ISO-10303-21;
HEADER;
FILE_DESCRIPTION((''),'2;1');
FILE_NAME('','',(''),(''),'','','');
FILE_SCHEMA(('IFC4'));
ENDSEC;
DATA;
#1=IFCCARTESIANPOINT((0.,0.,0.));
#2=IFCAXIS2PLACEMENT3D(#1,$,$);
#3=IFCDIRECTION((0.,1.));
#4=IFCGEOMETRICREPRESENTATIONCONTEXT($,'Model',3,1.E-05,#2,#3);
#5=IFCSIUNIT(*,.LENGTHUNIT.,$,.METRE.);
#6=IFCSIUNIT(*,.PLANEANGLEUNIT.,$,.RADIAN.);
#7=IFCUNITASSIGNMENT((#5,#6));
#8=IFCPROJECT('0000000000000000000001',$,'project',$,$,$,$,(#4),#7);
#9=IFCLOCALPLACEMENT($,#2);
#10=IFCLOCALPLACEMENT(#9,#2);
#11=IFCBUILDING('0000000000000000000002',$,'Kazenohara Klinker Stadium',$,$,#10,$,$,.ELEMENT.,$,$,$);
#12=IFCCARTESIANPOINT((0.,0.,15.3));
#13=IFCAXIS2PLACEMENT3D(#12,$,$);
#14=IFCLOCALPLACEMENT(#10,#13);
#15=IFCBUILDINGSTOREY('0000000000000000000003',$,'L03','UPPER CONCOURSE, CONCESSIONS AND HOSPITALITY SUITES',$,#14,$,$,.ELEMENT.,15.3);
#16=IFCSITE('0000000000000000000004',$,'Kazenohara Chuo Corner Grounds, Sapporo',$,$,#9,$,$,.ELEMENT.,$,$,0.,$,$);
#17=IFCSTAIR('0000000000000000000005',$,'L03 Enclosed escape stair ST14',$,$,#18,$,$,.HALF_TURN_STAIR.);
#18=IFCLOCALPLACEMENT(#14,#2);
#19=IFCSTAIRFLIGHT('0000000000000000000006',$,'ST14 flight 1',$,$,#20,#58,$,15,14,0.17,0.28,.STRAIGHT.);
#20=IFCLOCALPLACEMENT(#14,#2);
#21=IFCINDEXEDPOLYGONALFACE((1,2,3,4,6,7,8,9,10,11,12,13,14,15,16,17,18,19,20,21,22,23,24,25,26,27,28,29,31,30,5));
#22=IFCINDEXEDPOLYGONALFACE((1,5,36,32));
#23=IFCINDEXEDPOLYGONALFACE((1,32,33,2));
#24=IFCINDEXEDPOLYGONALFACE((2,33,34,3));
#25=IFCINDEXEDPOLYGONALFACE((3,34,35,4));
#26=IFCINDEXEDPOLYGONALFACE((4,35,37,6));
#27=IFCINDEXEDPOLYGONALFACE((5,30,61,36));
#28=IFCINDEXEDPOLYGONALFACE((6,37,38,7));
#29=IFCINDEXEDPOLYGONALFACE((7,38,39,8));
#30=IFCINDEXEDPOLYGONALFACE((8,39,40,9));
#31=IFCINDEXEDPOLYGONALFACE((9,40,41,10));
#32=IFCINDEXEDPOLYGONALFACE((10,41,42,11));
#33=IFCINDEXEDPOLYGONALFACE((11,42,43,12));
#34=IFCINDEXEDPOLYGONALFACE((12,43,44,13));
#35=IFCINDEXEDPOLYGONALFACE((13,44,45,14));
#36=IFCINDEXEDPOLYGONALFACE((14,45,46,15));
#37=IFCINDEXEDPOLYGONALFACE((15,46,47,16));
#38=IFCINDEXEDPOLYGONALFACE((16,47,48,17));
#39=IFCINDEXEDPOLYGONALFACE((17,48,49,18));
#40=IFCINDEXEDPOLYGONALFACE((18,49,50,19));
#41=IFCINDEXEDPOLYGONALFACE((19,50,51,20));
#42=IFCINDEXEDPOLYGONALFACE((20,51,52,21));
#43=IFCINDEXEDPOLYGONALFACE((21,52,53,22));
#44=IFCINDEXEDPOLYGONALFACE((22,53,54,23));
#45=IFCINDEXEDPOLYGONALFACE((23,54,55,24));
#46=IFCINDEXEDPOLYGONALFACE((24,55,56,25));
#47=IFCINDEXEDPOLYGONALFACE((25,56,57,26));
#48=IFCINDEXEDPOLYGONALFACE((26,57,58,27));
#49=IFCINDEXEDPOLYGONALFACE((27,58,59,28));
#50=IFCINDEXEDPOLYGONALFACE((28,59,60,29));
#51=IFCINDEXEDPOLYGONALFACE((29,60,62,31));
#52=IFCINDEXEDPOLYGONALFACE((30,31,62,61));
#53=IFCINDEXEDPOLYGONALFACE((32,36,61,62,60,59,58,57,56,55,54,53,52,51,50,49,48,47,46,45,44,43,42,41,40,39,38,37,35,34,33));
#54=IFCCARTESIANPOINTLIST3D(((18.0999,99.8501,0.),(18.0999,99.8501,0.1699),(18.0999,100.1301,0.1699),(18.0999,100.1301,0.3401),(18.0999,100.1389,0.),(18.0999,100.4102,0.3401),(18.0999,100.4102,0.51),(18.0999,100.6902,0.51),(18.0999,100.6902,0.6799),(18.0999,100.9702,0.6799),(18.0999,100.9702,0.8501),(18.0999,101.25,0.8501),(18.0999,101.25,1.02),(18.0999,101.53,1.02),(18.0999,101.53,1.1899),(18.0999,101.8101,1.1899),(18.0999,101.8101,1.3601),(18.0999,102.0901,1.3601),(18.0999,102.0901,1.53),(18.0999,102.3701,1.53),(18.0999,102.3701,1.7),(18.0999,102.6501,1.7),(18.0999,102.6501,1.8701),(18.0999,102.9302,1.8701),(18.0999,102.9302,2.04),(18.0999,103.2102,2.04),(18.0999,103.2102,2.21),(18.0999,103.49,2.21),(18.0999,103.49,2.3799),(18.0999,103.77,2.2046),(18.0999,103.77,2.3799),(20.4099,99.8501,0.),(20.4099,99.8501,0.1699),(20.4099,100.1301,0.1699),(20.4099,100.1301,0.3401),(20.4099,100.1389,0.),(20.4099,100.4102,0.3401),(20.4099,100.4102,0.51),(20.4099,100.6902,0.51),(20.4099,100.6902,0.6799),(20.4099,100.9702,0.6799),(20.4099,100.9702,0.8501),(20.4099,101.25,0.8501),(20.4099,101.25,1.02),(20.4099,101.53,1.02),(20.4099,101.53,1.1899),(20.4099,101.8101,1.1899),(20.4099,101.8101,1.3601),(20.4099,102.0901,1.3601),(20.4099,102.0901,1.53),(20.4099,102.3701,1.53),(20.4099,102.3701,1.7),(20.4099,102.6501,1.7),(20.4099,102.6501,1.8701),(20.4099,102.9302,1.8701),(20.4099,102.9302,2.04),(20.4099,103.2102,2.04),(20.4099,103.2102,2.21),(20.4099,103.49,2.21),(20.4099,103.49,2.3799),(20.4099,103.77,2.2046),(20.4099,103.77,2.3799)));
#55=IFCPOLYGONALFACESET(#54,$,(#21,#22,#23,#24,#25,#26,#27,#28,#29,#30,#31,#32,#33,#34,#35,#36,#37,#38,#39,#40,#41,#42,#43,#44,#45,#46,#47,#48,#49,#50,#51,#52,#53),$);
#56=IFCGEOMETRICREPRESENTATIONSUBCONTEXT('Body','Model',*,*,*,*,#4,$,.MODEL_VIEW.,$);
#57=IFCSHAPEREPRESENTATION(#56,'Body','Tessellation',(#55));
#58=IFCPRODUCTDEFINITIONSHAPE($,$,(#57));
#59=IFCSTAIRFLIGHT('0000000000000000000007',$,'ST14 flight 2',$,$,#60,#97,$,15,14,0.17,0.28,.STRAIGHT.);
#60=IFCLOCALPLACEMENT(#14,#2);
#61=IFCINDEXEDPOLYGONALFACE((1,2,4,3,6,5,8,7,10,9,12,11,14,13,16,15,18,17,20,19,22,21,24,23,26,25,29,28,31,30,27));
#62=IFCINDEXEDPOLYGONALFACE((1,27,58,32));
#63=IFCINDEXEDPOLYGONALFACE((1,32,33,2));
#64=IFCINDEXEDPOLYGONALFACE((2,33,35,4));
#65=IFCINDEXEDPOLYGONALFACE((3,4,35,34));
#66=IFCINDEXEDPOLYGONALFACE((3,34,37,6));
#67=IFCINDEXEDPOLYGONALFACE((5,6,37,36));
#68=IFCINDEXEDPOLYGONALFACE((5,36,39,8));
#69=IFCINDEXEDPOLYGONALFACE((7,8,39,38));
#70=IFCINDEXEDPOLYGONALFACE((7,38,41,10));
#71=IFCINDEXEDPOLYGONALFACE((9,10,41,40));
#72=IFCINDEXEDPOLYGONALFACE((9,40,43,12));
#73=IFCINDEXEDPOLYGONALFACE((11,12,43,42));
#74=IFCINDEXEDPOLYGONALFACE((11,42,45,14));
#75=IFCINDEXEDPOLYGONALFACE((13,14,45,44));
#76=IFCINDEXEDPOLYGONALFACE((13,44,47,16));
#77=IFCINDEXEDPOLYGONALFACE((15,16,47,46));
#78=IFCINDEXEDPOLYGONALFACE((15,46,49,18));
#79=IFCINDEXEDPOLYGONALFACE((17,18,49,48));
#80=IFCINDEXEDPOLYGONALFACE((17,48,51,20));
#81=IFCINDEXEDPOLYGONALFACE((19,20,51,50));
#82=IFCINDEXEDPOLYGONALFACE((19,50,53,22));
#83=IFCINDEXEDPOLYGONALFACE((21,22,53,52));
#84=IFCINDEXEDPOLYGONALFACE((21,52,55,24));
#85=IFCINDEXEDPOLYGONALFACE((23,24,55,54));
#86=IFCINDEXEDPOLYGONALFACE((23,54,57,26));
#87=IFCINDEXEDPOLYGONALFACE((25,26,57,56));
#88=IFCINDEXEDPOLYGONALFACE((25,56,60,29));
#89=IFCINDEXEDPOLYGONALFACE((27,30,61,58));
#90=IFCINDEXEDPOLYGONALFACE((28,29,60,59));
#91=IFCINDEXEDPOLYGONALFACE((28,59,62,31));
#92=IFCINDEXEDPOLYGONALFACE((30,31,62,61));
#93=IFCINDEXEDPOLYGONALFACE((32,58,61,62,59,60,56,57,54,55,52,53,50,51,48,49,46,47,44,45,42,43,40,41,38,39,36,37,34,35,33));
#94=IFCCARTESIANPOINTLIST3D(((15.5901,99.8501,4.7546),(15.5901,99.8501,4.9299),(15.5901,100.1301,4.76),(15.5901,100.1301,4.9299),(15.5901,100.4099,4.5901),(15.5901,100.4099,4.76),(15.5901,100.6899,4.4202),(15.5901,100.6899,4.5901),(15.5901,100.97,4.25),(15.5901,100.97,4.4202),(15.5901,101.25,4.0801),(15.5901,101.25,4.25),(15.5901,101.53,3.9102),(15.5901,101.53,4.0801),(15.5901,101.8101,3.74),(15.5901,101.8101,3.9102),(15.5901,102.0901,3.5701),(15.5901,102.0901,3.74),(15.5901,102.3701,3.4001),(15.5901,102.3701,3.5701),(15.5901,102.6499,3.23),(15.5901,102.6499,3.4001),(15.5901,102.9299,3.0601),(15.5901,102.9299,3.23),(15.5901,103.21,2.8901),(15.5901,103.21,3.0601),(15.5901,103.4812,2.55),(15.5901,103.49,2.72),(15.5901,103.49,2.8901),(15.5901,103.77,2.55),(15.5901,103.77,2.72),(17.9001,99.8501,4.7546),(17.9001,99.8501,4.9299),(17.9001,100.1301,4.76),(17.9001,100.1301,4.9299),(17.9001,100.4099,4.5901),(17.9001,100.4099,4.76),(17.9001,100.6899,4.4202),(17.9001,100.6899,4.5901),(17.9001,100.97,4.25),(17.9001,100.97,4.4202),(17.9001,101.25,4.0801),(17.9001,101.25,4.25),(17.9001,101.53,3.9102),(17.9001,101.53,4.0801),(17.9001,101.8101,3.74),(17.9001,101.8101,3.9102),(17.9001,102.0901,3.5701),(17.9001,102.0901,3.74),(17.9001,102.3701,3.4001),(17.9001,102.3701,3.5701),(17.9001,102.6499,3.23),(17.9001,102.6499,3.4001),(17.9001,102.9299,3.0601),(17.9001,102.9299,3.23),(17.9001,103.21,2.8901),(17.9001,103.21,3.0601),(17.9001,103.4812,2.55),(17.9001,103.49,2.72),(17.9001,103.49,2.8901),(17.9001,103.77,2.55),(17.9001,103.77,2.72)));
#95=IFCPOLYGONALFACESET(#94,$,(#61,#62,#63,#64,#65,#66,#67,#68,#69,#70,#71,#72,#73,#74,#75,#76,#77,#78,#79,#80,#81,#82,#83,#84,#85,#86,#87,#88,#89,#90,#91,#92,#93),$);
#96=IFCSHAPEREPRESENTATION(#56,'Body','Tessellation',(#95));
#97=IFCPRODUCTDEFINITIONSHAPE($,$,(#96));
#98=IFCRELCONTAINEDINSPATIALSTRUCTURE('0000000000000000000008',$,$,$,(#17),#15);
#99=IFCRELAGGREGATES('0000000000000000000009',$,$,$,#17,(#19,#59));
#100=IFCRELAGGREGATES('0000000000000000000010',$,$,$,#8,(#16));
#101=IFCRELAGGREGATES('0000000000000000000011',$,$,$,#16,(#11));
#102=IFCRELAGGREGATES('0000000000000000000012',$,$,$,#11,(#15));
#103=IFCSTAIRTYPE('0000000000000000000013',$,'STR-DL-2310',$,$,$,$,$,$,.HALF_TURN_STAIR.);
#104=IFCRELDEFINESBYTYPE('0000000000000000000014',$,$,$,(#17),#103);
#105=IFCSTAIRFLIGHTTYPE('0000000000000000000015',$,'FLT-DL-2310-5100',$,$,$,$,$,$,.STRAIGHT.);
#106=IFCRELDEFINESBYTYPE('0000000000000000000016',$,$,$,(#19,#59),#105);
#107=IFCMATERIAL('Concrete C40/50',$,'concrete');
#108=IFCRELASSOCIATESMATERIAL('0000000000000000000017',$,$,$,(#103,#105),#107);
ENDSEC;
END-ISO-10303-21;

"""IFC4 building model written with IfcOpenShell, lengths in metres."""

from ifc_helpers import new_model, si_unit, direction, frame, origin, place, context, subcontext, project, spatial, polyline, outline, extrude, material, type_object, element, aggregate, save


model = new_model("IFC4")

# Units and contexts
model_context = context("Model", 3, precision=1e-05, world=origin(), true_north=direction((0.0, 1.0)))
body_context = subcontext(model_context, "Body", "Model", "MODEL_VIEW")
ifc_project = project(units=[si_unit("LENGTHUNIT", "METRE"), si_unit("PLANEANGLEUNIT", "RADIAN")], contexts=[model_context])

# Site, building, storey
site_placement = place(None, origin())
site = spatial("IfcSite", under=ifc_project, at=site_placement, Name="Kazenohara Chuo Corner Grounds, Sapporo", CompositionType="ELEMENT", RefElevation=0.0)
building_placement = place(site_placement, origin())
building = spatial("IfcBuilding", under=site, at=building_placement, Name="Kazenohara Klinker Stadium", CompositionType="ELEMENT")
storey_placement = place(building_placement, frame((0.0, 0.0, 15.3)))
storey = spatial("IfcBuildingStorey", under=building, at=storey_placement, Name="L03", Description="UPPER CONCOURSE, CONCESSIONS AND HOSPITALITY SUITES", CompositionType="ELEMENT", Elevation=15.3)

# Shared definitions
ifc_material_1 = material(Name="Concrete C40/50", Category="concrete")

# Stair, stair flights
stair_type = type_object("IfcStairType", Name="STR-DL-2310", PredefinedType="HALF_TURN_STAIR", material=ifc_material_1)
stair_placement = place(storey_placement, origin())
stair = element("IfcStair", 1, at=stair_placement, inside=storey, type_object=stair_type, Name="L03 Enclosed escape stair ST14", PredefinedType="HALF_TURN_STAIR")
stair_flight_type = type_object("IfcStairFlightType", Name="FLT-DL-2310-5100", PredefinedType="STRAIGHT", material=ifc_material_1)
stair_flight_1_placement = place(storey_placement, frame((19.2549, 99.8501, 0.0), z_axis=(0.0, 0.0, 1.0), x_axis=(0.0, 1.0, 0.0)))
stair_flight_1 = element("IfcStairFlight", 2, at=stair_flight_1_placement, type_object=stair_flight_type, Name="ST14 flight 1", NumberOfRisers=15, NumberOfTreads=14, PredefinedType="STRAIGHT", RiserHeight=0.17, TreadLength=0.28, context=body_context, shape_type="SweptSolid", body=[
    extrude(outline(polyline([(0.0, 0.0), (0.0, 0.1699), (0.28, 0.1699), (0.28, 0.3401), (0.5601, 0.3401), (0.5601, 0.51), (0.8401, 0.51), (0.8401, 0.6799), (1.1201, 0.6799), (1.1201, 0.8501), (1.3999, 0.8501), (1.3999, 1.02), (1.6799, 1.02), (1.6799, 1.1899), (1.96, 1.1899), (1.96, 1.3601), (2.24, 1.3601), (2.24, 1.53), (2.52, 1.53), (2.52, 1.7), (2.8, 1.7), (2.8, 1.8701), (3.0801, 1.8701), (3.0801, 2.04), (3.3601, 2.04), (3.3601, 2.21), (3.6399, 2.21), (3.6399, 2.3799), (3.9199, 2.3799), (3.9199, 2.55), (3.9199, 2.2046), (0.2888, 0.0), (0.0, 0.0)])), frame((0.0, 1.155, 0.0), z_axis=(0.0, -1.0, 0.0), x_axis=(1.0, 0.0, 0.0)), (0.0, 0.0, 1.0), 2.3101),
])
stair_flight_2_placement = place(storey_placement, frame((16.7451, 103.77, 2.55), z_axis=(0.0, 0.0, 1.0), x_axis=(0.0, -1.0, 0.0)))
stair_flight_2 = element("IfcStairFlight", 3, at=stair_flight_2_placement, type_object=stair_flight_type, Name="ST14 flight 2", NumberOfRisers=15, NumberOfTreads=14, PredefinedType="STRAIGHT", RiserHeight=0.17, TreadLength=0.28, context=body_context, shape_type="SweptSolid", body=[
    extrude(outline(polyline([(0.0, 0.0), (0.0, 0.1699), (0.28, 0.1699), (0.28, 0.3401), (0.5601, 0.3401), (0.5601, 0.51), (0.8401, 0.51), (0.8401, 0.6799), (1.1201, 0.6799), (1.1201, 0.8501), (1.3999, 0.8501), (1.3999, 1.02), (1.6799, 1.02), (1.6799, 1.1899), (1.96, 1.1899), (1.96, 1.3601), (2.24, 1.3601), (2.24, 1.53), (2.52, 1.53), (2.52, 1.7), (2.8, 1.7), (2.8, 1.8701), (3.0801, 1.8701), (3.0801, 2.04), (3.3601, 2.04), (3.3601, 2.21), (3.6399, 2.21), (3.6399, 2.3799), (3.9199, 2.3799), (3.9199, 2.55), (3.9199, 2.2046), (0.2888, 0.0), (0.0, 0.0)])), frame((0.0, 1.155, 0.0), z_axis=(0.0, -1.0, 0.0), x_axis=(1.0, 0.0, 0.0)), (0.0, 0.0, 1.0), 2.3101),
])
aggregate(stair, [stair_flight_1, stair_flight_2])

save(model, "model.ifc")
